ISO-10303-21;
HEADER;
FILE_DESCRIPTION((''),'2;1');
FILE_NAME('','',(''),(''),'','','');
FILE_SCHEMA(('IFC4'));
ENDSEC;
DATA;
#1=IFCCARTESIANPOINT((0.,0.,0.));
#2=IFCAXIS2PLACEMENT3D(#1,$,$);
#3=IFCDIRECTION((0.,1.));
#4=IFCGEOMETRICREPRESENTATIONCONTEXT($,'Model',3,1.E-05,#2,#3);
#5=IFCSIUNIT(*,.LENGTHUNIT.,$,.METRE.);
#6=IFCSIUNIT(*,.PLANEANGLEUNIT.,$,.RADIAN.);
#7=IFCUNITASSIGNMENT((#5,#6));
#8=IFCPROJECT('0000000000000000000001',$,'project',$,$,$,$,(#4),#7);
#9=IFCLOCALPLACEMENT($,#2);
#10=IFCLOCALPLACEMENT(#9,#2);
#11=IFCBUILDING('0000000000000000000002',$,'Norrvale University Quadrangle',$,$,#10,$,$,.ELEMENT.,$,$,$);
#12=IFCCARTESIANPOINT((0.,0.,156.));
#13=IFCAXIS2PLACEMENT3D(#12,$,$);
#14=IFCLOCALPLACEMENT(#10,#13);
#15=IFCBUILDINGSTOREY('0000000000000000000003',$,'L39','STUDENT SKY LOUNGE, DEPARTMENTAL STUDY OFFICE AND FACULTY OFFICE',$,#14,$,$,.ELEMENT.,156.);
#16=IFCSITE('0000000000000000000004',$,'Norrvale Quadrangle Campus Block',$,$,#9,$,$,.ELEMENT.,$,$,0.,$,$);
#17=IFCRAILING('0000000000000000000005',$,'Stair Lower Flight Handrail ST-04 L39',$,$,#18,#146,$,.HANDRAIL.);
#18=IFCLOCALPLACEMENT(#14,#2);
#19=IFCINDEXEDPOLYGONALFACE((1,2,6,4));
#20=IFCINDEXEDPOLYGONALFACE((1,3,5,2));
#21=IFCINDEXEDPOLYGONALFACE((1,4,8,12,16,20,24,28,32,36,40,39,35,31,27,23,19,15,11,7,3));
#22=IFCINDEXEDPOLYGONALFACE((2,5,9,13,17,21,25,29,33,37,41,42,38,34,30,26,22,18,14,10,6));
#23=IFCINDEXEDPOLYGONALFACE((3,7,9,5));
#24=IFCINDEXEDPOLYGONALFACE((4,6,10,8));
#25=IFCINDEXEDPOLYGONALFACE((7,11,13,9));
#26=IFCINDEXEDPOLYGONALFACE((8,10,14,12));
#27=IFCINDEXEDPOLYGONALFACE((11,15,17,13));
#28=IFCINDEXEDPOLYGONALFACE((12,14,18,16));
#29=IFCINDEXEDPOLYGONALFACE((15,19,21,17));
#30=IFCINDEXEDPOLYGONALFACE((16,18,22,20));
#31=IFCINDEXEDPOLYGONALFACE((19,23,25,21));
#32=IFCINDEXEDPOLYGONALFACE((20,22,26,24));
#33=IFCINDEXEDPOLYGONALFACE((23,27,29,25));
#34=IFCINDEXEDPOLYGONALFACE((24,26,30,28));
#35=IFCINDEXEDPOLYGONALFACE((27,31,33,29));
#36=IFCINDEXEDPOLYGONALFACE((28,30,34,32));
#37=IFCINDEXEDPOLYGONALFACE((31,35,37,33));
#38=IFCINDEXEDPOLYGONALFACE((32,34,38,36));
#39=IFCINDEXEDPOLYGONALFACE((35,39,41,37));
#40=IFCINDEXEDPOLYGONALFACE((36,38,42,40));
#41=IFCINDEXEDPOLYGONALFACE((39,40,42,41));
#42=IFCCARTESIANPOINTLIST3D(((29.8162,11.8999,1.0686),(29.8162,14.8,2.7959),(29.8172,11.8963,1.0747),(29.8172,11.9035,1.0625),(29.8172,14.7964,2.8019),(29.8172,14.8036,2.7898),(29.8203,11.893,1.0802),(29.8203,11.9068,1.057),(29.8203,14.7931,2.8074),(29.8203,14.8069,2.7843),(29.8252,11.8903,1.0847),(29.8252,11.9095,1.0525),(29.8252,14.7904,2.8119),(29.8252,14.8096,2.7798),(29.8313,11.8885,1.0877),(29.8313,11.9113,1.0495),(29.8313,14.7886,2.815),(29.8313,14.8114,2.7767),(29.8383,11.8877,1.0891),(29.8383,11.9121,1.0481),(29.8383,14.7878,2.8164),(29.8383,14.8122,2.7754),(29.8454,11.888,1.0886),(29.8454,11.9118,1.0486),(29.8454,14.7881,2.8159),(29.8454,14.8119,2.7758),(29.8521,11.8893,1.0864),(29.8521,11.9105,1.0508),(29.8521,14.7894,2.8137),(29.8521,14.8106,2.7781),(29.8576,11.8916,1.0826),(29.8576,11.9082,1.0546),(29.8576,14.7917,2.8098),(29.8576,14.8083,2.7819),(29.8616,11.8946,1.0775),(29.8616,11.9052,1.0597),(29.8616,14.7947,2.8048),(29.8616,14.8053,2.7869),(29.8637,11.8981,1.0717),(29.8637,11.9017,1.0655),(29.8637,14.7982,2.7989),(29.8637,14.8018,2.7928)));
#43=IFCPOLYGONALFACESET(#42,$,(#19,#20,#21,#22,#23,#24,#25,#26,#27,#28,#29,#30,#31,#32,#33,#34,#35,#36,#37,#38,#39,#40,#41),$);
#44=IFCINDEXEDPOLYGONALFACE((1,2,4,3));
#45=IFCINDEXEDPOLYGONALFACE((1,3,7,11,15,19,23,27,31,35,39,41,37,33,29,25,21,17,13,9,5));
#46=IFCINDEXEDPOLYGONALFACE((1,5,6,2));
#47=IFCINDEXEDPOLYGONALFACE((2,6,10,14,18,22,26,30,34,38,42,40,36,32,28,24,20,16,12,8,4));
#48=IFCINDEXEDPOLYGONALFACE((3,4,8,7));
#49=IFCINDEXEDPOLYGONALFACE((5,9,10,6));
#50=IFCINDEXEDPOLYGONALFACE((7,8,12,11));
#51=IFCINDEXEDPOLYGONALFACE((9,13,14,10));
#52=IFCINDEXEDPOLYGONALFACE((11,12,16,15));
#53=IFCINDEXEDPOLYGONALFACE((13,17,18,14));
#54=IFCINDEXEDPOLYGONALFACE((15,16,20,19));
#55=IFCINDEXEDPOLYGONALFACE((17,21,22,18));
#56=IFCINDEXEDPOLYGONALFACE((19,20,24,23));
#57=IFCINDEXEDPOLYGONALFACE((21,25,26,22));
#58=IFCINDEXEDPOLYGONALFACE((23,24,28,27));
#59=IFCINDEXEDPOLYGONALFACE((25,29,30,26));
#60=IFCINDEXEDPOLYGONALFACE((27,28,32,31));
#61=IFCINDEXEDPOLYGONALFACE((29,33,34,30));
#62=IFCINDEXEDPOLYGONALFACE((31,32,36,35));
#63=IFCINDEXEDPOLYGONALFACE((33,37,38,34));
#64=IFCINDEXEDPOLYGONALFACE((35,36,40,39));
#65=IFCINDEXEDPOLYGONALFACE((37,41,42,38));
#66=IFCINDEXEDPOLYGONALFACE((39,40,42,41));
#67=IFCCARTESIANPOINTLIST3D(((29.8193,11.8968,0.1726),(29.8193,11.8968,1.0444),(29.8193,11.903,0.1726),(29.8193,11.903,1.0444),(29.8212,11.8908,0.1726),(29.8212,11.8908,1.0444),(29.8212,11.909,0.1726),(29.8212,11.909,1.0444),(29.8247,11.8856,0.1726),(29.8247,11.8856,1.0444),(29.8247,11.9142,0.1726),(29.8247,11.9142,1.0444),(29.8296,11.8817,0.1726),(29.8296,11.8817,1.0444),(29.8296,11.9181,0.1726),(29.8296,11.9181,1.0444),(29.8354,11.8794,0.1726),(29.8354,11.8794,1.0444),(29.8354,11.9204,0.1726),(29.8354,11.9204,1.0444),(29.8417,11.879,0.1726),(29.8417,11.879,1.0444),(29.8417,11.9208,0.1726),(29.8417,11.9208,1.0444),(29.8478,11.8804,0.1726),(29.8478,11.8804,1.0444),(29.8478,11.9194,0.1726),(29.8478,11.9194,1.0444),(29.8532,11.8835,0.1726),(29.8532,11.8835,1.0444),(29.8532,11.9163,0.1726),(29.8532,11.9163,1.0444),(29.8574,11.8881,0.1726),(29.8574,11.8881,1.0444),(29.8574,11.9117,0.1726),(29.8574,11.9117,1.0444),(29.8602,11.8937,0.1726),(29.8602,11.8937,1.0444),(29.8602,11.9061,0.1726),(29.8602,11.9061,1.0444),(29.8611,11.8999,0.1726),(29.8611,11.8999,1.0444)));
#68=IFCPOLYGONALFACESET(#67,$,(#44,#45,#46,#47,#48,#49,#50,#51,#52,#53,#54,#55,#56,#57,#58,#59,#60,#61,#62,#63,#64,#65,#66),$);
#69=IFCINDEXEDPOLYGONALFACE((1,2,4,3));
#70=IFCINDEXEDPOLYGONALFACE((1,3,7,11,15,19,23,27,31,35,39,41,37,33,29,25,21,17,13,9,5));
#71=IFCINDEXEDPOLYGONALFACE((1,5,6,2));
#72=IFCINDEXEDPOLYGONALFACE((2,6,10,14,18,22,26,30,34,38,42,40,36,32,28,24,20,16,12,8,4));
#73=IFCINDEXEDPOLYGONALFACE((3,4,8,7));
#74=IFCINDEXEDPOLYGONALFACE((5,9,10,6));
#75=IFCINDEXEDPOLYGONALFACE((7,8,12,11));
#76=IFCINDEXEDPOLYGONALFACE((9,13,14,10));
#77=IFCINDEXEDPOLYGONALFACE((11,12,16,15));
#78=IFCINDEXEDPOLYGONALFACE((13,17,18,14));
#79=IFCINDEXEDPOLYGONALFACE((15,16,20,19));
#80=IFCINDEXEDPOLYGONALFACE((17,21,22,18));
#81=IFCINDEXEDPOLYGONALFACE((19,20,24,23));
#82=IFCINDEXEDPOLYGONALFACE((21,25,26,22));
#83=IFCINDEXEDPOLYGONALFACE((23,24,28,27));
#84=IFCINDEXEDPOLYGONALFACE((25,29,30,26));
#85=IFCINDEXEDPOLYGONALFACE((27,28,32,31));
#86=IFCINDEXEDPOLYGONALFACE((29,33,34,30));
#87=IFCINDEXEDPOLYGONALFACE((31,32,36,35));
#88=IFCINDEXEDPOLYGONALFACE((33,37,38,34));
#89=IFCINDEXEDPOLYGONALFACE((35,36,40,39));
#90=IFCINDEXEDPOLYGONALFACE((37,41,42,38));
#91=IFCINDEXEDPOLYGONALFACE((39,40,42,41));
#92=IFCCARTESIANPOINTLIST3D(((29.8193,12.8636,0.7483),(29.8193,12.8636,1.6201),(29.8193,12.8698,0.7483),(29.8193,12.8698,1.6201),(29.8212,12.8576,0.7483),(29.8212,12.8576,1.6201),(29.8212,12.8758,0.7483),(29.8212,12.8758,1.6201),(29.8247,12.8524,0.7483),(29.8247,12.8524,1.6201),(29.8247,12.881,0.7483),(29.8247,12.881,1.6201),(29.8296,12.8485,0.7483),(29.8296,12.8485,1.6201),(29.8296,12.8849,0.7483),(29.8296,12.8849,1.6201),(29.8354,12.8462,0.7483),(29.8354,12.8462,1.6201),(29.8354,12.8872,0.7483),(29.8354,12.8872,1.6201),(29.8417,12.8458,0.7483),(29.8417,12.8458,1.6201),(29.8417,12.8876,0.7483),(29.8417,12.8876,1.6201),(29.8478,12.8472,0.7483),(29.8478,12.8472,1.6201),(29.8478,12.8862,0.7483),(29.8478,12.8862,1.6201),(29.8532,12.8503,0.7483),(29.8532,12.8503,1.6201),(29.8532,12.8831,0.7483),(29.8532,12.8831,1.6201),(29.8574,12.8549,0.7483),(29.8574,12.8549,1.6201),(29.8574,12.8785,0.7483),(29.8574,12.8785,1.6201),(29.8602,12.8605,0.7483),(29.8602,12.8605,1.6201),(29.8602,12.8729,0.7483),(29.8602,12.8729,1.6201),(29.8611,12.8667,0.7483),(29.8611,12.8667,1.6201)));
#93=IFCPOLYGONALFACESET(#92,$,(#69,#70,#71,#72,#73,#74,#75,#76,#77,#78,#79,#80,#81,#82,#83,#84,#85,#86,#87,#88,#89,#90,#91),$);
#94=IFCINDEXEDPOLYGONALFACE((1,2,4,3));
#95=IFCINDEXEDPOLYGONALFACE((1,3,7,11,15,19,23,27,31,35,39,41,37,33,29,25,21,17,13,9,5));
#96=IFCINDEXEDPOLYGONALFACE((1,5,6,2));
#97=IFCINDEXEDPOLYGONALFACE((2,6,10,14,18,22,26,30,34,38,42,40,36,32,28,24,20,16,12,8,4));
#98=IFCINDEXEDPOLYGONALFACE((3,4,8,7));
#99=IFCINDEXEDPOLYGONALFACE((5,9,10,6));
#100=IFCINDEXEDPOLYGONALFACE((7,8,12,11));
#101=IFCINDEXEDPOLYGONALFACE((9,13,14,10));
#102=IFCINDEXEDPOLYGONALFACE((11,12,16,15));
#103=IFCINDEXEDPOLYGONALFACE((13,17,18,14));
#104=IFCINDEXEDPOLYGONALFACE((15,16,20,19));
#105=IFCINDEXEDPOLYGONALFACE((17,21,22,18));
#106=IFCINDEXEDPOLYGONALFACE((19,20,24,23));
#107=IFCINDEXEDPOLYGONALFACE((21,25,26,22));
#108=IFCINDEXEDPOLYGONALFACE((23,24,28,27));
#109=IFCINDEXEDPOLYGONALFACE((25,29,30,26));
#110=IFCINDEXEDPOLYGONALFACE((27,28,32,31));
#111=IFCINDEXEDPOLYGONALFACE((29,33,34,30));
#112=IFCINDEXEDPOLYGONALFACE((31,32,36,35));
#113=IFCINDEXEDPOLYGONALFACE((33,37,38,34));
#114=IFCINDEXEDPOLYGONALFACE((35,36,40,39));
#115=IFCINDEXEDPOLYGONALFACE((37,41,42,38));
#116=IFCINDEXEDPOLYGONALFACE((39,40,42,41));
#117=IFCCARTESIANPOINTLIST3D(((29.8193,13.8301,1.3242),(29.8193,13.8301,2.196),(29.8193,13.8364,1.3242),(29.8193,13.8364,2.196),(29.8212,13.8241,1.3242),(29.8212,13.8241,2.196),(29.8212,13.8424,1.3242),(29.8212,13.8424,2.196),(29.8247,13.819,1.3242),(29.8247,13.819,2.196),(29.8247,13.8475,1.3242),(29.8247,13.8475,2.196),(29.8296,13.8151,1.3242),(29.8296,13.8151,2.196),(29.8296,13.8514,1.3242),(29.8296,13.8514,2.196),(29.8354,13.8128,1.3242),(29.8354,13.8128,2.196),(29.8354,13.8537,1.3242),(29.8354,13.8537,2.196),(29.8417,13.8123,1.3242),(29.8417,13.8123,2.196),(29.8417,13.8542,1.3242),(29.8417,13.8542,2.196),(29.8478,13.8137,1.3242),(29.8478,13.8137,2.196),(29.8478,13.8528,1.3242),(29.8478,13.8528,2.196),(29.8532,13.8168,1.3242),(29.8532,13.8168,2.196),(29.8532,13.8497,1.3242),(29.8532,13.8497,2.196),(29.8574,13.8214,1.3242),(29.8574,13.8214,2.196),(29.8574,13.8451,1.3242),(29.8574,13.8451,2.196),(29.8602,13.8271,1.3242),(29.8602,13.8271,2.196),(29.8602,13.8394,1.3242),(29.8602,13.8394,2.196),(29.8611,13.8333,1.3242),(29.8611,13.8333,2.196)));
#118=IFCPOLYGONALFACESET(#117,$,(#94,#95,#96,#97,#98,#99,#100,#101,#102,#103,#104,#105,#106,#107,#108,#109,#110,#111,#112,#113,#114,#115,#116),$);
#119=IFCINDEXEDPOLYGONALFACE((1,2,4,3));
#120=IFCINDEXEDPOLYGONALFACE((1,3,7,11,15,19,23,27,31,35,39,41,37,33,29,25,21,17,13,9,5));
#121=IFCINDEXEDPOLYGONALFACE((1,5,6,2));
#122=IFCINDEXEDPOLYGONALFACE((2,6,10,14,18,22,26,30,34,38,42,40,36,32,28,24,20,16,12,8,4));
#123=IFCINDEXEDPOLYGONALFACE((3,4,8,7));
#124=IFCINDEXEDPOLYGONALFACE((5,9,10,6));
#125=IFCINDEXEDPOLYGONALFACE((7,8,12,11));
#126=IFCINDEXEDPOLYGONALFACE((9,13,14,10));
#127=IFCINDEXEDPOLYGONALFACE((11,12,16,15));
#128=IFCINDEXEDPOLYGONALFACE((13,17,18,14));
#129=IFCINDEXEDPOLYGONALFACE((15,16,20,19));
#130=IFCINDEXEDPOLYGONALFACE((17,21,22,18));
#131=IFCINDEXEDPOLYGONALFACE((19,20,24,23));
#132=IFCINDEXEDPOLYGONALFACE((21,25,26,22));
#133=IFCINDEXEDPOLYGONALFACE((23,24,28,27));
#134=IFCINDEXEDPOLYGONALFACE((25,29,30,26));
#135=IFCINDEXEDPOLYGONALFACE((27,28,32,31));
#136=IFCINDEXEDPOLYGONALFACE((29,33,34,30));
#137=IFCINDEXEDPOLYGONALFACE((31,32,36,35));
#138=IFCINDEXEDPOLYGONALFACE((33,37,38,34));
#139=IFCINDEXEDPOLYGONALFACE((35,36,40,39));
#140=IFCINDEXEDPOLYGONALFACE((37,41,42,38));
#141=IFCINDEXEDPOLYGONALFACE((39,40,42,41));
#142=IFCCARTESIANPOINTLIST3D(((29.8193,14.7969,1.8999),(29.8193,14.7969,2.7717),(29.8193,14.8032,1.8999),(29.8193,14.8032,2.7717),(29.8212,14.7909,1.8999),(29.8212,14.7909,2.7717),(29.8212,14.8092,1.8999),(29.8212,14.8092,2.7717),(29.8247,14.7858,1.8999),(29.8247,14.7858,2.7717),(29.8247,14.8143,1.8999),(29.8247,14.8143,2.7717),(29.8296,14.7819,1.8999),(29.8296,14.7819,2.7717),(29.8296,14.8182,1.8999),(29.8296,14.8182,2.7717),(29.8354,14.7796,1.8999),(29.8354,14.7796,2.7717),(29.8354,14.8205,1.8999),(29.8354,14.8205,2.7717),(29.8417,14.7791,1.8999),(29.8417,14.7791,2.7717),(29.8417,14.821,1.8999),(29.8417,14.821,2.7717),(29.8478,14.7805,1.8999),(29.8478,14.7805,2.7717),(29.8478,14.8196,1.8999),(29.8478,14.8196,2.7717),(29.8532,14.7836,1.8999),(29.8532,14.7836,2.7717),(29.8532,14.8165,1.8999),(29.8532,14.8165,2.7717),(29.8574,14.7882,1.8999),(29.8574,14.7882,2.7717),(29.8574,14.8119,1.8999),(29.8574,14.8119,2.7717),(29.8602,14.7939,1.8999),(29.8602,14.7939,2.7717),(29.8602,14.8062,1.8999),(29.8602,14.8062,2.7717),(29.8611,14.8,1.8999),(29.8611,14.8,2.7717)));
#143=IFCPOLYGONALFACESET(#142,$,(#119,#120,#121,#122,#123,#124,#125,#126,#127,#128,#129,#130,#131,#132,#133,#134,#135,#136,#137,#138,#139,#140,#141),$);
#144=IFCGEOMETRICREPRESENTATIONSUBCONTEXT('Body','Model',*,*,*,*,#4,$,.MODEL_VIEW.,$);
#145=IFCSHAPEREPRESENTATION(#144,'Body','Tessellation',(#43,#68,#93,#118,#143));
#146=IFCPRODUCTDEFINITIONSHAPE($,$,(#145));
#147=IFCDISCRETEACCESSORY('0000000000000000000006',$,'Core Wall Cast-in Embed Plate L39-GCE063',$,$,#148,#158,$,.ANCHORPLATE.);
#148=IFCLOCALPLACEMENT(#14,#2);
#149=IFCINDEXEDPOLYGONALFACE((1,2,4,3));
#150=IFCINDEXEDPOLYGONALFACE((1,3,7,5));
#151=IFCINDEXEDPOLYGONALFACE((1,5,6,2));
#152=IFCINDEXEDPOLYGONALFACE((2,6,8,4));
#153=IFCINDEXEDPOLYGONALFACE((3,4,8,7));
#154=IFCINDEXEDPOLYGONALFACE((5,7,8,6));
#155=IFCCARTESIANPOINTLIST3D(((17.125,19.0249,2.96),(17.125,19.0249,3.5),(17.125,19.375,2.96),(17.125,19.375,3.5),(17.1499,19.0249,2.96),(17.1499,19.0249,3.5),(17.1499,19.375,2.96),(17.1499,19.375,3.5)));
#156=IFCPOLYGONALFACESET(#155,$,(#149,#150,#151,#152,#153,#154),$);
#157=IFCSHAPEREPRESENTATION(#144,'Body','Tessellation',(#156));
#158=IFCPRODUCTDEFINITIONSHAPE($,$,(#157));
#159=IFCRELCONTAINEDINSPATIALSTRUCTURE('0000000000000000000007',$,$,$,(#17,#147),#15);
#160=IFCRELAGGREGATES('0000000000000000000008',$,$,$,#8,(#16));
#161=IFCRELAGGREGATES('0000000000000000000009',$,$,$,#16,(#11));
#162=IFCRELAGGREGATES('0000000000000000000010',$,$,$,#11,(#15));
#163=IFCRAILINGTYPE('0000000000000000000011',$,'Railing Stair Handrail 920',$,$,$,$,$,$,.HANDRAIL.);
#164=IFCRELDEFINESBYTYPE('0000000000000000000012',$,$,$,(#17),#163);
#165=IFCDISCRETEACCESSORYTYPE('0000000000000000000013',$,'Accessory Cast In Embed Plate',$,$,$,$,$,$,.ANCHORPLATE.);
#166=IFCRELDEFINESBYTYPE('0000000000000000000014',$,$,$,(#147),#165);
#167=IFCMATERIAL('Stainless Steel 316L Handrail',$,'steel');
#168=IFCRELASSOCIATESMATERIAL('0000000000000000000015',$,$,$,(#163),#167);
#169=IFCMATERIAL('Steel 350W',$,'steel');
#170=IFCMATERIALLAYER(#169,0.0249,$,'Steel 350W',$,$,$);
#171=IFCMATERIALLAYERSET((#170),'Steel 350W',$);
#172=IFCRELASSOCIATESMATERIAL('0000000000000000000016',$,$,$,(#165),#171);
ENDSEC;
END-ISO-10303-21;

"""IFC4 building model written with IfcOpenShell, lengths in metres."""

from ifc_helpers import new_model, si_unit, direction, frame, origin, origin_2d, place, context, subcontext, project, spatial, rectangle, circle, extrude, material, layer, layer_set, type_object, element, save


model = new_model("IFC4")

# Units and contexts
model_context = context("Model", 3, precision=1e-05, world=origin(), true_north=direction((0.0, 1.0)))
body_context = subcontext(model_context, "Body", "Model", "MODEL_VIEW")
ifc_project = project(units=[si_unit("LENGTHUNIT", "METRE"), si_unit("PLANEANGLEUNIT", "RADIAN")], contexts=[model_context])

# Site, building, storey
site_placement = place(None, origin())
site = spatial("IfcSite", under=ifc_project, at=site_placement, Name="Norrvale Quadrangle Campus Block", CompositionType="ELEMENT", RefElevation=0.0)
building_placement = place(site_placement, origin())
building = spatial("IfcBuilding", under=site, at=building_placement, Name="Norrvale University Quadrangle", CompositionType="ELEMENT")
storey_placement = place(building_placement, frame((0.0, 0.0, 156.0)))
storey = spatial("IfcBuildingStorey", under=building, at=storey_placement, Name="L39", Description="STUDENT SKY LOUNGE, DEPARTMENTAL STUDY OFFICE AND FACULTY OFFICE", CompositionType="ELEMENT", Elevation=156.0)

# Shared definitions
ifc_material_1 = material(Name="Steel 350W", Category="steel")

# Railing
ifc_material_2 = material(Name="Stainless Steel 316L Handrail", Category="steel")
railing_type = type_object("IfcRailingType", Name="Railing Stair Handrail 920", PredefinedType="HANDRAIL", material=ifc_material_2)
railing_placement = place(storey_placement, frame((29.8401, 11.8999, 0.1726)))
element("IfcRailing", 1, at=railing_placement, inside=storey, type_object=railing_type, Name="Stair Lower Flight Handrail ST-04 L39", PredefinedType="HANDRAIL", context=body_context, shape_type="SweptSolid", body=[
    extrude(circle(Radius=0.0239, at=origin_2d()), frame((0.0, 0.0, 0.896), z_axis=(0.0, 0.85916, 0.511706), x_axis=(-1.0, 0.0, 0.0)), (0.0, 0.0, 1.0), 3.3755),
    extrude(circle(Radius=0.021, at=origin_2d()), origin(), (0.0, 0.0, 1.0), 0.8718),
    extrude(circle(Radius=0.021, at=origin_2d()), frame((0.0, 0.9668, 0.5757)), (0.0, 0.0, 1.0), 0.8718),
    extrude(circle(Radius=0.021, at=origin_2d()), frame((0.0, 1.9333, 1.1516)), (0.0, 0.0, 1.0), 0.8718),
    extrude(circle(Radius=0.021, at=origin_2d()), frame((0.0, 2.9001, 1.7273)), (0.0, 0.0, 1.0), 0.8718),
])

# Discrete accessory
ifc_layer_1 = layer(ifc_material_1, 0.0249, Name="Steel 350W")
ifc_layer_set_1 = layer_set([ifc_layer_1], Name="Steel 350W")
discrete_accessory_type = type_object("IfcDiscreteAccessoryType", Name="Accessory Cast In Embed Plate", PredefinedType="ANCHORPLATE", material=ifc_layer_set_1)
discrete_accessory_placement = place(storey_placement, frame((17.1375, 19.2, 2.96), z_axis=(0.0, 0.0, 1.0), x_axis=(1.0, 0.0, 0.0)))
element("IfcDiscreteAccessory", 2, at=discrete_accessory_placement, inside=storey, type_object=discrete_accessory_type, Name="Core Wall Cast-in Embed Plate L39-GCE063", PredefinedType="ANCHORPLATE", context=body_context, shape_type="SweptSolid", body=[
    extrude(rectangle(XDim=0.0249, YDim=0.3501, at=origin_2d()), origin(), (0.0, 0.0, 1.0), 0.54),
])

save(model, "model.ifc")
